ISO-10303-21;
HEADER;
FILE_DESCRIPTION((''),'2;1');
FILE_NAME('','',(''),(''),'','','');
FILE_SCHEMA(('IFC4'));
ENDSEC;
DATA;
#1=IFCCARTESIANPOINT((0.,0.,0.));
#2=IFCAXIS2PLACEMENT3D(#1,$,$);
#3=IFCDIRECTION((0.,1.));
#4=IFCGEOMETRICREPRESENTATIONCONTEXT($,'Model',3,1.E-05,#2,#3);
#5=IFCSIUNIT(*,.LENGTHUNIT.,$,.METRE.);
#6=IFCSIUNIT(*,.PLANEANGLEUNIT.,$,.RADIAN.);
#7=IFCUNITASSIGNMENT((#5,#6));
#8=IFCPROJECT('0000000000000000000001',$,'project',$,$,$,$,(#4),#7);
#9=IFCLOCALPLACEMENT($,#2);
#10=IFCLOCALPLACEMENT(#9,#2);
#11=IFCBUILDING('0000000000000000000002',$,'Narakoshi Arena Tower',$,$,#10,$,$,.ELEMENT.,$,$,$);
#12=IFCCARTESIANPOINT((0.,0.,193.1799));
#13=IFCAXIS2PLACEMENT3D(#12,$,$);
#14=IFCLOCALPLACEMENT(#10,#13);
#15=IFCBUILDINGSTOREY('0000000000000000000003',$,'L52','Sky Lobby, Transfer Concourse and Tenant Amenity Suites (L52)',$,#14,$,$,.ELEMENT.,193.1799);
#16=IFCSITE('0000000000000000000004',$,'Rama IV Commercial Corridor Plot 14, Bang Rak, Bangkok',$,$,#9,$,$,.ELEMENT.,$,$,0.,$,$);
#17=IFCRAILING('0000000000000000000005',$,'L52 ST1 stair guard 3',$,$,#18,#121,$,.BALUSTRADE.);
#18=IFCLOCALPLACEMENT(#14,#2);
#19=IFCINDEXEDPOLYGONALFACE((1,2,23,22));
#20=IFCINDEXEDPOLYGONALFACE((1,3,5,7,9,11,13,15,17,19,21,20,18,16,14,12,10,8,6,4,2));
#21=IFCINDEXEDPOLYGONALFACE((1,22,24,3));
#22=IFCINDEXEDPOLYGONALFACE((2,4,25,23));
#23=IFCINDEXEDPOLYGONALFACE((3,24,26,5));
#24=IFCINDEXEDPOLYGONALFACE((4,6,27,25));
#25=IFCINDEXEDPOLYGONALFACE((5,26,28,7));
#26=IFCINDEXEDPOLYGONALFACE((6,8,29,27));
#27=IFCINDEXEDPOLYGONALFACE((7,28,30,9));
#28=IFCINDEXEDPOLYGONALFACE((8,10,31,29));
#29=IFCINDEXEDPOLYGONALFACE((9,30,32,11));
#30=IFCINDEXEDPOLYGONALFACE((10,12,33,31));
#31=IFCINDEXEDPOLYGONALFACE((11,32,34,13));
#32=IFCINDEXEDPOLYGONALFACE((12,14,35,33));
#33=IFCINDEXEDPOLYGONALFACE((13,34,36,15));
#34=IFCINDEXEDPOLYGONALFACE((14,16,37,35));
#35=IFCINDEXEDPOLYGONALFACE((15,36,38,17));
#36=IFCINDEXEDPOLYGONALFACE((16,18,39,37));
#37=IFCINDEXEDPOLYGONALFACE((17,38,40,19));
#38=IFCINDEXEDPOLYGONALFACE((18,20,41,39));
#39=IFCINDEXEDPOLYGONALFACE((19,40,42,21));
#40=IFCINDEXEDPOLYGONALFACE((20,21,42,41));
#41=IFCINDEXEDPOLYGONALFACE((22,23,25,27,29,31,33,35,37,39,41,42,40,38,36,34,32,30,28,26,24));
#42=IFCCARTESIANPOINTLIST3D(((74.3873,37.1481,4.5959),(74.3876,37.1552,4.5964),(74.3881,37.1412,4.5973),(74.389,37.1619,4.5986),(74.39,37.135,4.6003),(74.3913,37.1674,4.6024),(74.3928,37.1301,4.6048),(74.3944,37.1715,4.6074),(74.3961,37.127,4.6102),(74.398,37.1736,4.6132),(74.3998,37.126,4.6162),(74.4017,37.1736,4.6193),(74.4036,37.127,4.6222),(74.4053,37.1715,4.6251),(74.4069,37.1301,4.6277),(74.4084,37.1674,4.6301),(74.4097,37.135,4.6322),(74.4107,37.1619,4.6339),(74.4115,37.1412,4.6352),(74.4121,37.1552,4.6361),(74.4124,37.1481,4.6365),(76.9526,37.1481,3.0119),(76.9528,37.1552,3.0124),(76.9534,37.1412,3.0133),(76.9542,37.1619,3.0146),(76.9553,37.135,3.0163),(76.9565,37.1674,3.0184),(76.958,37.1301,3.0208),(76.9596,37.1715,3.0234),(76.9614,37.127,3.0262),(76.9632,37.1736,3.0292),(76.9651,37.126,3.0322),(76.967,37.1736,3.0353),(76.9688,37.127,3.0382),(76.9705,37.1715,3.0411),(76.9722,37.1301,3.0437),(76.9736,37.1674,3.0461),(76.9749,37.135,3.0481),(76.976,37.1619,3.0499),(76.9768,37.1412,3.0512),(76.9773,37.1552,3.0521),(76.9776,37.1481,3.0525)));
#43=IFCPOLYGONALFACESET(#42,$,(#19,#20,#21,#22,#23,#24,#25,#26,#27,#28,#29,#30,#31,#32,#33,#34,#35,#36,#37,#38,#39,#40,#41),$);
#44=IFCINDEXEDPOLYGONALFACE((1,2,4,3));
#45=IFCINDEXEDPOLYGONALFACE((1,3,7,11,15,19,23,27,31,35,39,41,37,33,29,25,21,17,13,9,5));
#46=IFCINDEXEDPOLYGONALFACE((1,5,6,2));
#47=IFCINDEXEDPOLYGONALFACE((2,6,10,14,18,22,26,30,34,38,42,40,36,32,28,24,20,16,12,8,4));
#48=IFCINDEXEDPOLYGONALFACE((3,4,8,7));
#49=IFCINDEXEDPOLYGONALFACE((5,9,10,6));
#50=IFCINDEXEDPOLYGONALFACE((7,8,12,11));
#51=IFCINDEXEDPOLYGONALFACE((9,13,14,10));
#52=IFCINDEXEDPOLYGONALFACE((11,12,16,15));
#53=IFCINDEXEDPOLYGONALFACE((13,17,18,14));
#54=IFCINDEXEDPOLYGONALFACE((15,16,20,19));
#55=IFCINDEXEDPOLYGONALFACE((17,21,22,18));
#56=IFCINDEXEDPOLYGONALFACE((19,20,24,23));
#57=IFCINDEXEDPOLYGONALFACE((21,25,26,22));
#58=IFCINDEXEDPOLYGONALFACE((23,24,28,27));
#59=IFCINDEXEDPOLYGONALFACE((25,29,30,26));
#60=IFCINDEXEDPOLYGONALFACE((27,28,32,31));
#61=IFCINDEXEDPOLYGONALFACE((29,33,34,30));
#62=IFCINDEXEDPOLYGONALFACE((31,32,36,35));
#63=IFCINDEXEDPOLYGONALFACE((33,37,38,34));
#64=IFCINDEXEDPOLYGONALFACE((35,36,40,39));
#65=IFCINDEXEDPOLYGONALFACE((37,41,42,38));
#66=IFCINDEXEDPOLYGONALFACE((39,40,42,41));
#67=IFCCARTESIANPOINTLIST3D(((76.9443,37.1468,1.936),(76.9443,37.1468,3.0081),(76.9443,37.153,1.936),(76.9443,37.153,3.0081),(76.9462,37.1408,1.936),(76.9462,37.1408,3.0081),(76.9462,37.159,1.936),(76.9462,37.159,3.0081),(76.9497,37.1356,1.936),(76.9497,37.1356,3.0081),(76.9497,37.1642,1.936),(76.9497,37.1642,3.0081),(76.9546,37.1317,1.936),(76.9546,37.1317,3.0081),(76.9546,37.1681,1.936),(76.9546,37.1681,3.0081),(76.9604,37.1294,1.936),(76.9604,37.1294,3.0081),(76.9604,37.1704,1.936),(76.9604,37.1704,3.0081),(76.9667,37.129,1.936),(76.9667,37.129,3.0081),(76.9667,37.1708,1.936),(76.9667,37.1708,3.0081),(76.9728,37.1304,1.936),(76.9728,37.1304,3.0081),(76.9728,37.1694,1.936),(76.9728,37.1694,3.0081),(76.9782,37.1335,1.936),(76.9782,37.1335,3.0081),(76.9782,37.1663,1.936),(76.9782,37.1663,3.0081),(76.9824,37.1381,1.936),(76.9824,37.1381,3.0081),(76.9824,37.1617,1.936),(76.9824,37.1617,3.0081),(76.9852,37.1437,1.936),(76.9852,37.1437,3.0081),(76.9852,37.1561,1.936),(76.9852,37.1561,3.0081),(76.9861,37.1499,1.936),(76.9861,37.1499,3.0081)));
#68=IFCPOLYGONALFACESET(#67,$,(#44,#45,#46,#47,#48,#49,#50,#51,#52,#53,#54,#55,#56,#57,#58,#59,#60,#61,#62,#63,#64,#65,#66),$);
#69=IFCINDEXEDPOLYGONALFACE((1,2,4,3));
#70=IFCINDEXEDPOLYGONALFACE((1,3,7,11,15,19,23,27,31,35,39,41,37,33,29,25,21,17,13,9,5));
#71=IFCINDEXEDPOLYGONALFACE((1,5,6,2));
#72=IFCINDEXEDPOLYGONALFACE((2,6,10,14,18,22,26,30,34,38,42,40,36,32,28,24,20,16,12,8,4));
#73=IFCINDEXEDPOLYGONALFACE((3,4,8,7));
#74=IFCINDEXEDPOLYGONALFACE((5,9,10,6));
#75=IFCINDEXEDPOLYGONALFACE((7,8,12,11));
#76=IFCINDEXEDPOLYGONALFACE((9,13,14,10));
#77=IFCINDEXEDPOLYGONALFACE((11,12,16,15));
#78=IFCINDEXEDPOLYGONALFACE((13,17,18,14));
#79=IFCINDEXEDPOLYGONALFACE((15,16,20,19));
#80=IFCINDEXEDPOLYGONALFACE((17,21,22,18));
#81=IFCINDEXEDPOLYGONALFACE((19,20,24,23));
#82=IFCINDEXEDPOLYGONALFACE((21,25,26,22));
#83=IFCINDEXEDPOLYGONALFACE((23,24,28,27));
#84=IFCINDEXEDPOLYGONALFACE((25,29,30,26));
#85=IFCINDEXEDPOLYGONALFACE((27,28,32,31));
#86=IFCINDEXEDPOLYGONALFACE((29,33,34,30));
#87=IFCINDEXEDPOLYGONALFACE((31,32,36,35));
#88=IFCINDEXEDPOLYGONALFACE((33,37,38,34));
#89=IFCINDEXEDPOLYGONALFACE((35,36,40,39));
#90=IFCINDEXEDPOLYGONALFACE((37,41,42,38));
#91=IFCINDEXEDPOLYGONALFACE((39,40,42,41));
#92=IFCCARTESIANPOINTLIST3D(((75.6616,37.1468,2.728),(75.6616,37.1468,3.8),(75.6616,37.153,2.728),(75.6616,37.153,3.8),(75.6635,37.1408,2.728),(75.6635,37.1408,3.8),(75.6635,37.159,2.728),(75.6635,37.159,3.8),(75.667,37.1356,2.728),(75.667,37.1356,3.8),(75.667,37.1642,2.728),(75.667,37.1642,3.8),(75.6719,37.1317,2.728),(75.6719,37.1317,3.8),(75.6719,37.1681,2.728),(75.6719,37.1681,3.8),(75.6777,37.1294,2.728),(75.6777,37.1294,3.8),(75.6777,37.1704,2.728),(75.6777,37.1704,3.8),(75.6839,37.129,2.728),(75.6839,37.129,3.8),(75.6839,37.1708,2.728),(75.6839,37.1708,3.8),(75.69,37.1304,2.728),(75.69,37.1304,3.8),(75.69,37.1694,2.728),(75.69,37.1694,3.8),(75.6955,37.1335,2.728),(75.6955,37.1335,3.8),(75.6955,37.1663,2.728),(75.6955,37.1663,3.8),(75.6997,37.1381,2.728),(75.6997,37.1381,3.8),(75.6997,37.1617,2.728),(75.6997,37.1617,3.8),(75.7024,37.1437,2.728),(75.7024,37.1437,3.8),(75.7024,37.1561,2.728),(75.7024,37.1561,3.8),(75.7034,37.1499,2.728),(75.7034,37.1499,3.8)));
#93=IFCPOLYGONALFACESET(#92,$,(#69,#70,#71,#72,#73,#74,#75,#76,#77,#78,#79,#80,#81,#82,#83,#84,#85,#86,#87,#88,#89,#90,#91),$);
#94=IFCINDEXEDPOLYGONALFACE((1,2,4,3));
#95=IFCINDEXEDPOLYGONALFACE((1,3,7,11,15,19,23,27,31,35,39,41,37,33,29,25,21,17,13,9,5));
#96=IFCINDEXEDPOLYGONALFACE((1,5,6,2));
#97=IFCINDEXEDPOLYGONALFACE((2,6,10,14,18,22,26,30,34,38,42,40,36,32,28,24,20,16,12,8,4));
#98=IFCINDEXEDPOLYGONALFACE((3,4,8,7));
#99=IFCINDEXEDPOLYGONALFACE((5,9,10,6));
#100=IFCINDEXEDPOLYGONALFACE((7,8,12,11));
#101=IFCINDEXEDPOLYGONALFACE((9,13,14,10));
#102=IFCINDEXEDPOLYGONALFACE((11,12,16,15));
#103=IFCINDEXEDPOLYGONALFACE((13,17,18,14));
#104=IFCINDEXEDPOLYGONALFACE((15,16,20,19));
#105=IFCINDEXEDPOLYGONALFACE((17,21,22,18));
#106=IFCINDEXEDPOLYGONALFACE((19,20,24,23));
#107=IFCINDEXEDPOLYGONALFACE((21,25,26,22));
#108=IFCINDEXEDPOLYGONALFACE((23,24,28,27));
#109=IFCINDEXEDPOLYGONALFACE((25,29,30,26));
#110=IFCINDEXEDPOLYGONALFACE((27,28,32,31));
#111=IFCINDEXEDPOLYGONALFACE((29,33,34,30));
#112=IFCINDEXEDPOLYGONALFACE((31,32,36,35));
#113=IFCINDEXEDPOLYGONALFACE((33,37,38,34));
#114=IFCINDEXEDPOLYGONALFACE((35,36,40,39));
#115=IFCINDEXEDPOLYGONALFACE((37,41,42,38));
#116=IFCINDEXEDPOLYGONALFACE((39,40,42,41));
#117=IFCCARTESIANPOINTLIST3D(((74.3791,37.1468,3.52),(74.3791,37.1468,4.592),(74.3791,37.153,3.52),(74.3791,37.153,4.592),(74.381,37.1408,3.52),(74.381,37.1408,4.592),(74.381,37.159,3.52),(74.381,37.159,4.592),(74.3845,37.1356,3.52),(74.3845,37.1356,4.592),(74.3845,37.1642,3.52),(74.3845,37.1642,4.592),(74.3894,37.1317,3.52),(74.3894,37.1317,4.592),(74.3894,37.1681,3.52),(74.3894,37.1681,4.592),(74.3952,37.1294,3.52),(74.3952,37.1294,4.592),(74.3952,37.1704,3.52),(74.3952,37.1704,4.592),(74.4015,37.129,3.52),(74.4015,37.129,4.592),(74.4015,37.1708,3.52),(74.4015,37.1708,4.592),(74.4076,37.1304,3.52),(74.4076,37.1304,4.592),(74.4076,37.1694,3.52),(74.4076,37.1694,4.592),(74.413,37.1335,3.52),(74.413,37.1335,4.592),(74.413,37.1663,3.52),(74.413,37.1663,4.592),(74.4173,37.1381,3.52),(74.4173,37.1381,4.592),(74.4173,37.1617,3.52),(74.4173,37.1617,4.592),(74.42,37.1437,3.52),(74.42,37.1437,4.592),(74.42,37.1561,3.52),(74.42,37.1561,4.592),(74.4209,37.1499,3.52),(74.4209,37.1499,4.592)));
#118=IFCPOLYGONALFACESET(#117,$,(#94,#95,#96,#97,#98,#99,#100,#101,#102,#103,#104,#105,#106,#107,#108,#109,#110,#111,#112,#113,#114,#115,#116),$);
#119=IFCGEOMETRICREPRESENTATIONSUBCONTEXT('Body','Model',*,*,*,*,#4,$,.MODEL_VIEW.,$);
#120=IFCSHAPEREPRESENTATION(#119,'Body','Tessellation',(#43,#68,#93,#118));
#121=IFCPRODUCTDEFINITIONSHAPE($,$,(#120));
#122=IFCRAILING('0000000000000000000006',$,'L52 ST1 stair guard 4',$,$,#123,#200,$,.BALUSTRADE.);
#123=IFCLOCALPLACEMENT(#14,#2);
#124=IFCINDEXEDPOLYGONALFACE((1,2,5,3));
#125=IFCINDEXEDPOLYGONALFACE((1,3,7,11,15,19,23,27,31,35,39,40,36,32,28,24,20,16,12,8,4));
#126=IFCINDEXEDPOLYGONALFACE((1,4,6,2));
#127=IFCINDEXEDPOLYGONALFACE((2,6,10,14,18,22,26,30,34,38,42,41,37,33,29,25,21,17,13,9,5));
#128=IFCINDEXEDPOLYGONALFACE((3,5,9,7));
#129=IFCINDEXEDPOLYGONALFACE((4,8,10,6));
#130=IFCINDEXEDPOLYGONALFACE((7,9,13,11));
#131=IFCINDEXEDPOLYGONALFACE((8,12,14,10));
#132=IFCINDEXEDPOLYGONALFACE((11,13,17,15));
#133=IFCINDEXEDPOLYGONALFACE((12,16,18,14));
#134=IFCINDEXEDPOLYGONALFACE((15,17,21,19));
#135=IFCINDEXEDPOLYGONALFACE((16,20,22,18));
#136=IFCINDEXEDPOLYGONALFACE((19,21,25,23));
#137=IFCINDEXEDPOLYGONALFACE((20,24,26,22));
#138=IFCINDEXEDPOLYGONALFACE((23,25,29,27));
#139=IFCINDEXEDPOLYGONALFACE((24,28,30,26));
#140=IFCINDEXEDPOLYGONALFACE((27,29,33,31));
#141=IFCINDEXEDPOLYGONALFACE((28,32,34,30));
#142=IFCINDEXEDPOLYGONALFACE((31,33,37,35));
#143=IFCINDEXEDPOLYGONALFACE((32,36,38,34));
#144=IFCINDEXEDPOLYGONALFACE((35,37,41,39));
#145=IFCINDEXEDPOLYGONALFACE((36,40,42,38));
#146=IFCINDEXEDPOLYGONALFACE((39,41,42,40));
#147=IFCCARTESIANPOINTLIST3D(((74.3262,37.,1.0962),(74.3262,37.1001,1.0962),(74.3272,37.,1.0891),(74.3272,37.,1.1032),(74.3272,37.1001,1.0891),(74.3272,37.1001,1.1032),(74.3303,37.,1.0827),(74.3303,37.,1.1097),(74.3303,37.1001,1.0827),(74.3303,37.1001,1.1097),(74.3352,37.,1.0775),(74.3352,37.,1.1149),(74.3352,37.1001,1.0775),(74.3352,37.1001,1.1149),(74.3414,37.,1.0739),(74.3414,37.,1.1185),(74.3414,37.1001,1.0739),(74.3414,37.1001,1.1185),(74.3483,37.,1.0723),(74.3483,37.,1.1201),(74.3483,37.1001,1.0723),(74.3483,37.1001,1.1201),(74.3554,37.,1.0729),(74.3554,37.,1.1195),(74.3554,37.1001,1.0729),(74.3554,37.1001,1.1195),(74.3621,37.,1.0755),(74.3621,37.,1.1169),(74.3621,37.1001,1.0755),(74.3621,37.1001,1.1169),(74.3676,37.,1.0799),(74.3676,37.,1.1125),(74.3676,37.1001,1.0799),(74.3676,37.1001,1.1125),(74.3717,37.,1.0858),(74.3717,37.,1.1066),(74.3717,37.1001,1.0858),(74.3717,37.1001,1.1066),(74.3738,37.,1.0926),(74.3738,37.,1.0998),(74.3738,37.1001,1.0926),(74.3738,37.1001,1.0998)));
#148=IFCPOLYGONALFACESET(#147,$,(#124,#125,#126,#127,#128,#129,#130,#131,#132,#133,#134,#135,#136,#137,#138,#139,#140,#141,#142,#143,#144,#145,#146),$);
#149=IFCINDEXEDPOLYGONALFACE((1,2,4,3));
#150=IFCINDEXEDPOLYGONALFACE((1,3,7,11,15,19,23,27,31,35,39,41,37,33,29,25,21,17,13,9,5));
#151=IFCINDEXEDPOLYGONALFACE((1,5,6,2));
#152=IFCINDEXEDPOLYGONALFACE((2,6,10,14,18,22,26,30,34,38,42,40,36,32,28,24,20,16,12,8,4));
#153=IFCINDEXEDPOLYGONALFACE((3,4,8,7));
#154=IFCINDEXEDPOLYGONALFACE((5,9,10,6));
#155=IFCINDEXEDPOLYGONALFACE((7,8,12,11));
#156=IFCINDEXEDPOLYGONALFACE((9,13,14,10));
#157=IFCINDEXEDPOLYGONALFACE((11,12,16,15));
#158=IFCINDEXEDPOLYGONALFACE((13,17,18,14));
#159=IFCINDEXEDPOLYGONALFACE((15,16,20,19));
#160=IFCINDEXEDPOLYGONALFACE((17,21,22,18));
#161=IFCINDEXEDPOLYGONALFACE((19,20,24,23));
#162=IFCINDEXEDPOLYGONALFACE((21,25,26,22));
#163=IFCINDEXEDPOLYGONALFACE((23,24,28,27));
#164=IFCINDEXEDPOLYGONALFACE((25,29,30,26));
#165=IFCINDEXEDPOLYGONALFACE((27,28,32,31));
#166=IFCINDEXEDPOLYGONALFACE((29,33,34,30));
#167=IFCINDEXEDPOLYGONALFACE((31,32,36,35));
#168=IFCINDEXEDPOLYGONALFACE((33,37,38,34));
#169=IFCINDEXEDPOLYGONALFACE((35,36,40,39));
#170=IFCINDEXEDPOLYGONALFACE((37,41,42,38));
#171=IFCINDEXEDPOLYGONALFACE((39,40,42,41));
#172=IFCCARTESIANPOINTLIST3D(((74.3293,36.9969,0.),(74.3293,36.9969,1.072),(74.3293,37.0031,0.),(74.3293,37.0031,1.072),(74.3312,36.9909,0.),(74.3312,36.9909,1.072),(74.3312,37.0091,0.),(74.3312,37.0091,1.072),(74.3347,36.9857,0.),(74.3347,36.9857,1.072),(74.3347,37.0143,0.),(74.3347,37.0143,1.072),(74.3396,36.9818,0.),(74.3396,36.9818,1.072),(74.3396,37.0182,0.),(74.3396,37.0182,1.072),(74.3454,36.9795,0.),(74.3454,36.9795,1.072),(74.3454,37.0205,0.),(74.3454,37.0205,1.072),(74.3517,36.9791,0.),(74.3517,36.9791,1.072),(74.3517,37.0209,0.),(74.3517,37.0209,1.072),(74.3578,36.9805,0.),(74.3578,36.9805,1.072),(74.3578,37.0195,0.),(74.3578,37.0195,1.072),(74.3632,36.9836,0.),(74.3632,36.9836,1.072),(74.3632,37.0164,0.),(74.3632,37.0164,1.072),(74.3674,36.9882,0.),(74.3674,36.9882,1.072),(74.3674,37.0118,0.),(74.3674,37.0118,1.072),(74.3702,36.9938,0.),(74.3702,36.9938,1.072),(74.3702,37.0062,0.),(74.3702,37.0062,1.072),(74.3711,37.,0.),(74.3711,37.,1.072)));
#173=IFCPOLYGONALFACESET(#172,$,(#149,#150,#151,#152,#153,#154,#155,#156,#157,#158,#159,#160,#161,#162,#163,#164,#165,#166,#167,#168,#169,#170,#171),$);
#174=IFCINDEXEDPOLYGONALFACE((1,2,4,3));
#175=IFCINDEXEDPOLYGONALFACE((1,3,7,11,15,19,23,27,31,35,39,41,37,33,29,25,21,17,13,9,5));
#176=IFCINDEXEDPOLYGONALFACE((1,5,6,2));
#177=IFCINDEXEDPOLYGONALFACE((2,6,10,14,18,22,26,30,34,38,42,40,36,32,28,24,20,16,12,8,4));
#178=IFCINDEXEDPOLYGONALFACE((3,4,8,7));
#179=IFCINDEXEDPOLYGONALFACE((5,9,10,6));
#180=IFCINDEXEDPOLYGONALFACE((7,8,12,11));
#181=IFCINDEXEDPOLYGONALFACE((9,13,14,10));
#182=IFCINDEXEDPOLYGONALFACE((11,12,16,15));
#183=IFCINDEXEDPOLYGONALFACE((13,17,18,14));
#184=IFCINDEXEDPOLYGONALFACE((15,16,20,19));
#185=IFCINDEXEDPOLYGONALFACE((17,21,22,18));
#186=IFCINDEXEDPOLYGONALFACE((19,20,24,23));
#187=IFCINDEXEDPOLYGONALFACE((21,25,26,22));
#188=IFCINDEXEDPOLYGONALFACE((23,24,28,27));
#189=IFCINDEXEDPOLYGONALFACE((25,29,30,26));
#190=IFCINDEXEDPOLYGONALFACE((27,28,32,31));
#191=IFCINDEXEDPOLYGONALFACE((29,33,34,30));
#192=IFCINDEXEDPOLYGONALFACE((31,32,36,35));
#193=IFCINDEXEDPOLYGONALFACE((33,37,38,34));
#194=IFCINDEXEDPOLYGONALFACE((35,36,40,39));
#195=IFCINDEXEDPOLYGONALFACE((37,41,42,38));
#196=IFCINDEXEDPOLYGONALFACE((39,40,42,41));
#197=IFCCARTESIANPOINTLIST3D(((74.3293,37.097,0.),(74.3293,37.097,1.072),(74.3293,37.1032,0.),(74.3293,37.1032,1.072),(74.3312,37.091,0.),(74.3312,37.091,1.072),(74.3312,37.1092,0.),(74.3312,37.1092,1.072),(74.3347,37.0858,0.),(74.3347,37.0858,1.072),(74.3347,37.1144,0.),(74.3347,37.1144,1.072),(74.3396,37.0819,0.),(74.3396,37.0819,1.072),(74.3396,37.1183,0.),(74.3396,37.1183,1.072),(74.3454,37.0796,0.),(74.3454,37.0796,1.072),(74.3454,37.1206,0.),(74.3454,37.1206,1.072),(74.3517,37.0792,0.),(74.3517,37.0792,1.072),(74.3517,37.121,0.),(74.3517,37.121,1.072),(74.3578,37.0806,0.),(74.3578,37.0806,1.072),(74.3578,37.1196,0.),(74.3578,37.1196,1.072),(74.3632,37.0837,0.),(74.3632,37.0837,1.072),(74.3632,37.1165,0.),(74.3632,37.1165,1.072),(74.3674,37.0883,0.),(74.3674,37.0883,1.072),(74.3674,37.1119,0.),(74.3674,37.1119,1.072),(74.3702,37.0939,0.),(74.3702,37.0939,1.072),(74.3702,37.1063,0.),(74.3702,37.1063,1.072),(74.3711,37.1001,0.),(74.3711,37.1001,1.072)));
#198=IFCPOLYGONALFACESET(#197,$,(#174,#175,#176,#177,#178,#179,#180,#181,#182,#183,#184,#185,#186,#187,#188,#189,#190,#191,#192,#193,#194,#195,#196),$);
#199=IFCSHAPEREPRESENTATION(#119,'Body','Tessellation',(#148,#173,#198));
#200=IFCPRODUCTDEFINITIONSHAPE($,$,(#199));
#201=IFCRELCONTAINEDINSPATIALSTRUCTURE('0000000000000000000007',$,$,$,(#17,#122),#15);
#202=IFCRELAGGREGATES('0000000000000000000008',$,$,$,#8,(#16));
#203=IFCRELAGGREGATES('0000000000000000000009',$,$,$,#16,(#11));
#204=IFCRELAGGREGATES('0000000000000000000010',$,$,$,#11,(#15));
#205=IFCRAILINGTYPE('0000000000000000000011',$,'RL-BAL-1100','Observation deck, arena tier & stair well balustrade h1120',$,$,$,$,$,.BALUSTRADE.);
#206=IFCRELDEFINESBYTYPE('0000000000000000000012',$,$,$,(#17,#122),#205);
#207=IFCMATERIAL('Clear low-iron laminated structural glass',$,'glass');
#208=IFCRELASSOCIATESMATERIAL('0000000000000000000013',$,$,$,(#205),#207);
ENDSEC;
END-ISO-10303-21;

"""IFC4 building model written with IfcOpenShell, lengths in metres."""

from ifc_helpers import new_model, si_unit, direction, frame, origin, origin_2d, place, context, subcontext, project, spatial, circle, extrude, material, type_object, element, save


model = new_model("IFC4")

# Units and contexts
model_context = context("Model", 3, precision=1e-05, world=origin(), true_north=direction((0.0, 1.0)))
body_context = subcontext(model_context, "Body", "Model", "MODEL_VIEW")
ifc_project = project(units=[si_unit("LENGTHUNIT", "METRE"), si_unit("PLANEANGLEUNIT", "RADIAN")], contexts=[model_context])

# Site, building, storey
site_placement = place(None, origin())
site = spatial("IfcSite", under=ifc_project, at=site_placement, Name="Rama IV Commercial Corridor Plot 14, Bang Rak, Bangkok", CompositionType="ELEMENT", RefElevation=0.0)
building_placement = place(site_placement, origin())
building = spatial("IfcBuilding", under=site, at=building_placement, Name="Narakoshi Arena Tower", CompositionType="ELEMENT")
storey_placement = place(building_placement, frame((0.0, 0.0, 193.1799)))
storey = spatial("IfcBuildingStorey", under=building, at=storey_placement, Name="L52", Description="Sky Lobby, Transfer Concourse and Tenant Amenity Suites (L52)", CompositionType="ELEMENT", Elevation=193.1799)

# Railings
ifc_material_1 = material(Name="Clear low-iron laminated structural glass", Category="glass")
railing_type_1 = type_object("IfcRailingType", Name="RL-BAL-1100", Description="Observation deck, arena tier & stair well balustrade h1120", PredefinedType="BALUSTRADE", material=ifc_material_1)
railing_1_placement = place(storey_placement, frame((76.9651, 37.1499, 1.936)))
element("IfcRailing", 1, at=railing_1_placement, inside=storey, type_object=railing_type_1, Name="L52 ST1 stair guard 3", PredefinedType="BALUSTRADE", context=body_context, shape_type="SweptSolid", body=[
    extrude(circle(Radius=0.0239, at=origin_2d()), frame((0.0, 0.0, 1.0962), z_axis=(-0.850857, 0.0, 0.525398), x_axis=(0.0, -1.0, 0.0)), (0.0, 0.0, 1.0), 3.0149),
    extrude(circle(Radius=0.021, at=origin_2d()), origin(), (0.0, 0.0, 1.0), 1.072),
    extrude(circle(Radius=0.021, at=origin_2d()), frame((-1.2827, 0.0, 0.792)), (0.0, 0.0, 1.0), 1.072),
    extrude(circle(Radius=0.021, at=origin_2d()), frame((-2.5652, 0.0, 1.584)), (0.0, 0.0, 1.0), 1.072),
])
railing_2_placement = place(storey_placement, frame((74.3501, 37.0, 0.0)))
element("IfcRailing", 2, at=railing_2_placement, inside=storey, type_object=railing_type_1, Name="L52 ST1 stair guard 4", PredefinedType="BALUSTRADE", context=body_context, shape_type="SweptSolid", body=[
    extrude(circle(Radius=0.0239, at=origin_2d()), frame((0.0, 0.0, 1.0962), z_axis=(0.0, 1.0, 0.0), x_axis=(-1.0, 0.0, 0.0)), (0.0, 0.0, 1.0), 0.1001),
    extrude(circle(Radius=0.021, at=origin_2d()), origin(), (0.0, 0.0, 1.0), 1.072),
    extrude(circle(Radius=0.021, at=origin_2d()), frame((0.0, 0.1001, 0.0)), (0.0, 0.0, 1.0), 1.072),
])

save(model, "model.ifc")
